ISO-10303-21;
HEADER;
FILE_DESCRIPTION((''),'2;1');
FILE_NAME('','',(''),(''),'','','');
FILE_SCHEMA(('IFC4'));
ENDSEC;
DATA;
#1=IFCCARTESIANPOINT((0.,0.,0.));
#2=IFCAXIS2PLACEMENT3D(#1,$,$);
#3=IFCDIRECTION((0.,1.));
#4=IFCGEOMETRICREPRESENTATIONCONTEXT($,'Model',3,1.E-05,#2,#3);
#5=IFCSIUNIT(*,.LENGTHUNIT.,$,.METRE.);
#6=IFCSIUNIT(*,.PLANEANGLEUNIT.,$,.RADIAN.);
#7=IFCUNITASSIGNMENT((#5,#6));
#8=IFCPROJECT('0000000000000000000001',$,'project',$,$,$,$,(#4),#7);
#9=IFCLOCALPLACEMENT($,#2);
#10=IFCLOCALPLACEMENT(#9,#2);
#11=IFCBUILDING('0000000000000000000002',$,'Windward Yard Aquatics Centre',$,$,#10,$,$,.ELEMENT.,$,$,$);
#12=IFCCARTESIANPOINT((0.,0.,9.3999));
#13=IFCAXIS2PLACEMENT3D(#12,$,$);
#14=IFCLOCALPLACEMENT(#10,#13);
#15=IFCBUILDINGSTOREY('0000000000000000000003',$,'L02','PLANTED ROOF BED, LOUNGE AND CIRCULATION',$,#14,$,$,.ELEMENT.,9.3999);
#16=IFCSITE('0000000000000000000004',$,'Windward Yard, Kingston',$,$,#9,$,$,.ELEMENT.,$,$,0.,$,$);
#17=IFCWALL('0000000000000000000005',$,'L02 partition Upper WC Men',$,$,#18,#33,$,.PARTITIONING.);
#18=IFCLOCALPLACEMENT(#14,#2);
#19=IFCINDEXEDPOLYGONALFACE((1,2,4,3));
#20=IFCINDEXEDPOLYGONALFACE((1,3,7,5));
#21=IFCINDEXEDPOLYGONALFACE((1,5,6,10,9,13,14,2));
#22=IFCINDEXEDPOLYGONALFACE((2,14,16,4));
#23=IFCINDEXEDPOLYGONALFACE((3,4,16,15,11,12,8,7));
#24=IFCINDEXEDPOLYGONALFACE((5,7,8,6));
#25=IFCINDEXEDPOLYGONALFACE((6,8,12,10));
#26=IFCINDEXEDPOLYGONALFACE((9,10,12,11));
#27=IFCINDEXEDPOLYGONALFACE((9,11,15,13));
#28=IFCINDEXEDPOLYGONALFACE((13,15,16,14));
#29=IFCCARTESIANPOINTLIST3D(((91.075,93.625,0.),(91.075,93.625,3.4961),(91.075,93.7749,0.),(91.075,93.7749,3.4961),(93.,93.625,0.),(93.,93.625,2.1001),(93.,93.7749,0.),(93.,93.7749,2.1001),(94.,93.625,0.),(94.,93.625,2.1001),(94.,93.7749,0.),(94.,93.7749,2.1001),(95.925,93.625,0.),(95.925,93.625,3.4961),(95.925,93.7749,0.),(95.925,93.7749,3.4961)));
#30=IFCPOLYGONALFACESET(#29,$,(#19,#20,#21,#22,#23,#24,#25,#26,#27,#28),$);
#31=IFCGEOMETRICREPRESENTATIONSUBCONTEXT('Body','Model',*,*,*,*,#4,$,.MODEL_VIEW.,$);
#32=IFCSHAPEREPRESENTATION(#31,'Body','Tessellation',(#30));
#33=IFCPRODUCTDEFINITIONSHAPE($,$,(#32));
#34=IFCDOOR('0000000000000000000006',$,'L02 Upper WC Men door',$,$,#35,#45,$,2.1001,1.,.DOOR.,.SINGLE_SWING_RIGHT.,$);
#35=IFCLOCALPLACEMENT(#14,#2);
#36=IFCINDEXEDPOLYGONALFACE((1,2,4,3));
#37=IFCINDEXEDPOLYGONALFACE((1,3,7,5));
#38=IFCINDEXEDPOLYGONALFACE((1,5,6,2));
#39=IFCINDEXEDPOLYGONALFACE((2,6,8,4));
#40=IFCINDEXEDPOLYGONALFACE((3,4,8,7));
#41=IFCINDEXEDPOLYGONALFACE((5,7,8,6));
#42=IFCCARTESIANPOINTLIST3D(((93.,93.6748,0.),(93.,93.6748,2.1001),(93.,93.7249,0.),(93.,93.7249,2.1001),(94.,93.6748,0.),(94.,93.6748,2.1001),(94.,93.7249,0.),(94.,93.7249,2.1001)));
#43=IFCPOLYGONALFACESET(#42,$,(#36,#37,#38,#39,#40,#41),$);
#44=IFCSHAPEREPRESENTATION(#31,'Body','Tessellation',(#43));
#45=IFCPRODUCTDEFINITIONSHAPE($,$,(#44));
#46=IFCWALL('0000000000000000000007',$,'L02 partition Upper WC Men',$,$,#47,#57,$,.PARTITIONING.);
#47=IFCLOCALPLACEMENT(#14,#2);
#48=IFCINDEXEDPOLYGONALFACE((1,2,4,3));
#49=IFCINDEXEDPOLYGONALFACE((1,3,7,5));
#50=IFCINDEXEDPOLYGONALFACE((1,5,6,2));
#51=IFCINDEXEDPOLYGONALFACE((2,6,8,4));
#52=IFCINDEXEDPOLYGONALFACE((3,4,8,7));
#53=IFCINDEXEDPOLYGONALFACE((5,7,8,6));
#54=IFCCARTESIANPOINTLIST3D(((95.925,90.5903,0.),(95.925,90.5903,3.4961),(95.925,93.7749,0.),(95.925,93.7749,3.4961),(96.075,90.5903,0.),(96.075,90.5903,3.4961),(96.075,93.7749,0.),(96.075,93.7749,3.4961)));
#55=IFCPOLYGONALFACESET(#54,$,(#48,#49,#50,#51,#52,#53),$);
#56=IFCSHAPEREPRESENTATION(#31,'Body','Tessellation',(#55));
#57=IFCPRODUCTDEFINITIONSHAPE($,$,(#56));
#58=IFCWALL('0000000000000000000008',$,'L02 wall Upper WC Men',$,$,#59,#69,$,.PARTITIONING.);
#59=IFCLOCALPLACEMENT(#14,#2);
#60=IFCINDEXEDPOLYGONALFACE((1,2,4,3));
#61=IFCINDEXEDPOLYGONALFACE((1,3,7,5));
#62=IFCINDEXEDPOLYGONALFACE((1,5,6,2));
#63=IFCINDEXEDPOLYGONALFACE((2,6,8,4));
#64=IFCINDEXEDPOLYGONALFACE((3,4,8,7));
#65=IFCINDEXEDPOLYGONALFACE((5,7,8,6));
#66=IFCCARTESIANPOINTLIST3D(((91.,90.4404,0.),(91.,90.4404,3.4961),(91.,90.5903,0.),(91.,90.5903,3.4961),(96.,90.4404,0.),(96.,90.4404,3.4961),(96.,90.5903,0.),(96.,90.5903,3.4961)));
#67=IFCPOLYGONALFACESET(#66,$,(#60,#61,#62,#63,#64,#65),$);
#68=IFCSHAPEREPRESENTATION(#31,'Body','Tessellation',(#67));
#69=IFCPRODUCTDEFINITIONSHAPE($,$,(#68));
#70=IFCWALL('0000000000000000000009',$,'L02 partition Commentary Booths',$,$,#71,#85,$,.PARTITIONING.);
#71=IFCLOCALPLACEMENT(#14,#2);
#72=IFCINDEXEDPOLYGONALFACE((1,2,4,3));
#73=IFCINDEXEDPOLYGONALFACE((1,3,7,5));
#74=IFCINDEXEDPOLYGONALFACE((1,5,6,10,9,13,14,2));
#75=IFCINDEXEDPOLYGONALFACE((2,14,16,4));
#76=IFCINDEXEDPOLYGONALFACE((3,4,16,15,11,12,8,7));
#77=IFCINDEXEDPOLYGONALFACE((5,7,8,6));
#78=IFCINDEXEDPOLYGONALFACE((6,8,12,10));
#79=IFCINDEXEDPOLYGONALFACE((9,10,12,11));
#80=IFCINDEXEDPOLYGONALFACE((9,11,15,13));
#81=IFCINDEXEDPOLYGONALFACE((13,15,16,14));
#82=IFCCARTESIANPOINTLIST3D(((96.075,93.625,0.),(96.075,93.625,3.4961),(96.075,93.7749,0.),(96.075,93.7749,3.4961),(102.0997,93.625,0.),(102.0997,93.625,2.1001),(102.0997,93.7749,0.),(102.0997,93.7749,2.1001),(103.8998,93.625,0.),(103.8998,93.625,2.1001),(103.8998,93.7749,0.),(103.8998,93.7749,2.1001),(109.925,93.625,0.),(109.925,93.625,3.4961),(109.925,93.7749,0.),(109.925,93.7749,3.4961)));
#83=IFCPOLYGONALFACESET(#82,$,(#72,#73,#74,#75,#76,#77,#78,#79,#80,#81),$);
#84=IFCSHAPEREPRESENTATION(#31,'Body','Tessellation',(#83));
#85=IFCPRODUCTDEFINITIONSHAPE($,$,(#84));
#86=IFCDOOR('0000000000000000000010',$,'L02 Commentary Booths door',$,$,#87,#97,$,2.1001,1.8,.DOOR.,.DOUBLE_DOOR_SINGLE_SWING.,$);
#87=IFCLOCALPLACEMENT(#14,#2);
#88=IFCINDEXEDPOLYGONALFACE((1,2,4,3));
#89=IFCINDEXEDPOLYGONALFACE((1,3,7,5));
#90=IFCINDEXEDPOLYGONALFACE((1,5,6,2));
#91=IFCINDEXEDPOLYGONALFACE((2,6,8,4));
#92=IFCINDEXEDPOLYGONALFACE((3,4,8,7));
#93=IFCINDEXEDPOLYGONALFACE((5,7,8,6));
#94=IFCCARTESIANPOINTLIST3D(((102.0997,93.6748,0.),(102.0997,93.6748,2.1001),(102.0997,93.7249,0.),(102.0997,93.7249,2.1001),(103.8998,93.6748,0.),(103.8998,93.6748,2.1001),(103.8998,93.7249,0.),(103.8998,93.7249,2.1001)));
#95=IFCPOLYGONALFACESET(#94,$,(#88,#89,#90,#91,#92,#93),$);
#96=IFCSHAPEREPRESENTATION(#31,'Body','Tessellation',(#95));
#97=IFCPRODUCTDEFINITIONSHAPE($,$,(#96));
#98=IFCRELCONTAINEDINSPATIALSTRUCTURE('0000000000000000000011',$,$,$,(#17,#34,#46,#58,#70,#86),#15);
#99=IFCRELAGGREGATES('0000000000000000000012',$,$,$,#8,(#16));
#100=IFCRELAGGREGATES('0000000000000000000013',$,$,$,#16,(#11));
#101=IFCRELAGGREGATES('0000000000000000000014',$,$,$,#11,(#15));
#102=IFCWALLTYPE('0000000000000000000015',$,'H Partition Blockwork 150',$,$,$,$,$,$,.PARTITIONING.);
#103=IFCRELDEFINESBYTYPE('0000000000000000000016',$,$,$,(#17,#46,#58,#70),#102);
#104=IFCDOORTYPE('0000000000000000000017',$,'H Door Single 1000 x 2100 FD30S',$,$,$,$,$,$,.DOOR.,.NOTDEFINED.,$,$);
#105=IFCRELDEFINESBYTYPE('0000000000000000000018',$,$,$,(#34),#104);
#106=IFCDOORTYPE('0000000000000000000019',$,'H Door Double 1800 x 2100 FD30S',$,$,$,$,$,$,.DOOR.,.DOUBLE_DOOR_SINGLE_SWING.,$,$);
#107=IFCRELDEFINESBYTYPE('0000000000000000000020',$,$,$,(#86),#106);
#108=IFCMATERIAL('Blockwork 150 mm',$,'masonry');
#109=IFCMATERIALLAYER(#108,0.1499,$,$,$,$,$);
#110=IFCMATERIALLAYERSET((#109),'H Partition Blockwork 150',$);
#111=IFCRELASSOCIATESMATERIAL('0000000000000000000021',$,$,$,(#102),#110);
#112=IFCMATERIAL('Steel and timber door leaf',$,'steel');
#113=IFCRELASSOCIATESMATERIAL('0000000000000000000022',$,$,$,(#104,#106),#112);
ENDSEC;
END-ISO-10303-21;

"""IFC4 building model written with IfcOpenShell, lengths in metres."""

from ifc_helpers import new_model, si_unit, direction, frame, frame_2d, origin, place, context, subcontext, project, spatial, rectangle, extrude, material, layer, layer_set, type_object, element, fill, save


model = new_model("IFC4")

# Units and contexts
model_context = context("Model", 3, precision=1e-05, world=origin(), true_north=direction((0.0, 1.0)))
body_context = subcontext(model_context, "Body", "Model", "MODEL_VIEW")
ifc_project = project(units=[si_unit("LENGTHUNIT", "METRE"), si_unit("PLANEANGLEUNIT", "RADIAN")], contexts=[model_context])

# Site, building, storey
site_placement = place(None, origin())
site = spatial("IfcSite", under=ifc_project, at=site_placement, Name="Windward Yard, Kingston", CompositionType="ELEMENT", RefElevation=0.0)
building_placement = place(site_placement, origin())
building = spatial("IfcBuilding", under=site, at=building_placement, Name="Windward Yard Aquatics Centre", CompositionType="ELEMENT")
storey_placement = place(building_placement, frame((0.0, 0.0, 9.3999)))
storey = spatial("IfcBuildingStorey", under=building, at=storey_placement, Name="L02", Description="PLANTED ROOF BED, LOUNGE AND CIRCULATION", CompositionType="ELEMENT", Elevation=9.3999)

# Shared definitions
ifc_material_1 = material(Name="Blockwork 150 mm", Category="masonry")
ifc_layer_1 = layer(ifc_material_1, 0.1499)
ifc_layer_set_1 = layer_set([ifc_layer_1], Name="H Partition Blockwork 150")
wall_type = type_object("IfcWallType", Name="H Partition Blockwork 150", PredefinedType="PARTITIONING", material=ifc_layer_set_1)

# Wall, opening, door
wall_1_placement = place(storey_placement, frame((91.075, 93.7, 0.0), z_axis=(0.0, 0.0, 1.0), x_axis=(1.0, 0.0, 0.0)))
wall_1 = element("IfcWall", 1, at=wall_1_placement, inside=storey, type_object=wall_type, Name="L02 partition Upper WC Men", PredefinedType="PARTITIONING", context=body_context, shape_type="SweptSolid", body=[
    extrude(rectangle(XDim=4.8501, YDim=0.1499, at=frame_2d((2.425, 0.0))), origin(), (0.0, 0.0, 1.0), 3.4961),
])
opening_1_placement = place(wall_1_placement, frame((1.925, 0.0, 0.0)))
opening_1 = element("IfcOpeningElement", 2, at=opening_1_placement, cuts=wall_1, PredefinedType="OPENING", context=body_context, shape_type="SweptSolid", body=[
    extrude(rectangle(XDim=1.0, YDim=2.1001, at=frame_2d((0.5, 1.05))), frame((0.0, 0.085, 0.0), z_axis=(0.0, -1.0, 0.0), x_axis=(1.0, 0.0, 0.0)), (0.0, 0.0, 1.0), 0.1699),
])
ifc_material_2 = material(Name="Steel and timber door leaf", Category="steel")
door_type_1 = type_object("IfcDoorType", Name="H Door Single 1000 x 2100 FD30S", OperationType="NOTDEFINED", PredefinedType="DOOR", material=ifc_material_2)
door_1_placement = place(opening_1_placement, origin())
door_1 = element("IfcDoor", 3, at=door_1_placement, inside=storey, type_object=door_type_1, Name="L02 Upper WC Men door", OperationType="SINGLE_SWING_RIGHT", OverallHeight=2.1001, OverallWidth=1.0, PredefinedType="DOOR", context=body_context, shape_type="SweptSolid", body=[
    extrude(rectangle(XDim=1.0, YDim=2.1001, at=frame_2d((0.5, 1.05))), frame((0.0, 0.0249, 0.0), z_axis=(0.0, -1.0, 0.0), x_axis=(1.0, 0.0, 0.0)), (0.0, 0.0, 1.0), 0.05),
])
fill(opening_1, door_1)

# Walls
wall_2_placement = place(storey_placement, frame((96.0, 90.5903, 0.0), z_axis=(0.0, 0.0, 1.0), x_axis=(0.0, 1.0, 0.0)))
element("IfcWall", 4, at=wall_2_placement, inside=storey, type_object=wall_type, Name="L02 partition Upper WC Men", PredefinedType="PARTITIONING", context=body_context, shape_type="SweptSolid", body=[
    extrude(rectangle(XDim=3.1846, YDim=0.1499, at=frame_2d((1.5923, 0.0))), origin(), (0.0, 0.0, 1.0), 3.4961),
])
wall_3_placement = place(storey_placement, frame((91.0, 90.5154, 0.0), z_axis=(0.0, 0.0, 1.0), x_axis=(1.0, 0.0, 0.0)))
element("IfcWall", 5, at=wall_3_placement, inside=storey, type_object=wall_type, Name="L02 wall Upper WC Men", PredefinedType="PARTITIONING", context=body_context, shape_type="SweptSolid", body=[
    extrude(rectangle(XDim=5.0, YDim=0.1499, at=frame_2d((2.5, 0.0))), origin(), (0.0, 0.0, 1.0), 3.4961),
])

# Wall, opening, door
wall_4_placement = place(storey_placement, frame((96.075, 93.7, 0.0), z_axis=(0.0, 0.0, 1.0), x_axis=(1.0, 0.0, 0.0)))
wall_4 = element("IfcWall", 6, at=wall_4_placement, inside=storey, type_object=wall_type, Name="L02 partition Commentary Booths", PredefinedType="PARTITIONING", context=body_context, shape_type="SweptSolid", body=[
    extrude(rectangle(XDim=13.8501, YDim=0.1499, at=frame_2d((6.925, 0.0))), origin(), (0.0, 0.0, 1.0), 3.4961),
])
opening_2_placement = place(wall_4_placement, frame((6.0249, 0.0, 0.0)))
opening_2 = element("IfcOpeningElement", 7, at=opening_2_placement, cuts=wall_4, PredefinedType="OPENING", context=body_context, shape_type="SweptSolid", body=[
    extrude(rectangle(XDim=1.8, YDim=2.1001, at=frame_2d((0.8999, 1.05))), frame((0.0, 0.085, 0.0), z_axis=(0.0, -1.0, 0.0), x_axis=(1.0, 0.0, 0.0)), (0.0, 0.0, 1.0), 0.1699),
])
door_type_2 = type_object("IfcDoorType", Name="H Door Double 1800 x 2100 FD30S", OperationType="DOUBLE_DOOR_SINGLE_SWING", PredefinedType="DOOR", material=ifc_material_2)
door_2_placement = place(opening_2_placement, origin())
door_2 = element("IfcDoor", 8, at=door_2_placement, inside=storey, type_object=door_type_2, Name="L02 Commentary Booths door", OperationType="DOUBLE_DOOR_SINGLE_SWING", OverallHeight=2.1001, OverallWidth=1.8, PredefinedType="DOOR", context=body_context, shape_type="SweptSolid", body=[
    extrude(rectangle(XDim=1.8, YDim=2.1001, at=frame_2d((0.8999, 1.05))), frame((0.0, 0.0249, 0.0), z_axis=(0.0, -1.0, 0.0), x_axis=(1.0, 0.0, 0.0)), (0.0, 0.0, 1.0), 0.05),
])
fill(opening_2, door_2)

save(model, "model.ifc")
